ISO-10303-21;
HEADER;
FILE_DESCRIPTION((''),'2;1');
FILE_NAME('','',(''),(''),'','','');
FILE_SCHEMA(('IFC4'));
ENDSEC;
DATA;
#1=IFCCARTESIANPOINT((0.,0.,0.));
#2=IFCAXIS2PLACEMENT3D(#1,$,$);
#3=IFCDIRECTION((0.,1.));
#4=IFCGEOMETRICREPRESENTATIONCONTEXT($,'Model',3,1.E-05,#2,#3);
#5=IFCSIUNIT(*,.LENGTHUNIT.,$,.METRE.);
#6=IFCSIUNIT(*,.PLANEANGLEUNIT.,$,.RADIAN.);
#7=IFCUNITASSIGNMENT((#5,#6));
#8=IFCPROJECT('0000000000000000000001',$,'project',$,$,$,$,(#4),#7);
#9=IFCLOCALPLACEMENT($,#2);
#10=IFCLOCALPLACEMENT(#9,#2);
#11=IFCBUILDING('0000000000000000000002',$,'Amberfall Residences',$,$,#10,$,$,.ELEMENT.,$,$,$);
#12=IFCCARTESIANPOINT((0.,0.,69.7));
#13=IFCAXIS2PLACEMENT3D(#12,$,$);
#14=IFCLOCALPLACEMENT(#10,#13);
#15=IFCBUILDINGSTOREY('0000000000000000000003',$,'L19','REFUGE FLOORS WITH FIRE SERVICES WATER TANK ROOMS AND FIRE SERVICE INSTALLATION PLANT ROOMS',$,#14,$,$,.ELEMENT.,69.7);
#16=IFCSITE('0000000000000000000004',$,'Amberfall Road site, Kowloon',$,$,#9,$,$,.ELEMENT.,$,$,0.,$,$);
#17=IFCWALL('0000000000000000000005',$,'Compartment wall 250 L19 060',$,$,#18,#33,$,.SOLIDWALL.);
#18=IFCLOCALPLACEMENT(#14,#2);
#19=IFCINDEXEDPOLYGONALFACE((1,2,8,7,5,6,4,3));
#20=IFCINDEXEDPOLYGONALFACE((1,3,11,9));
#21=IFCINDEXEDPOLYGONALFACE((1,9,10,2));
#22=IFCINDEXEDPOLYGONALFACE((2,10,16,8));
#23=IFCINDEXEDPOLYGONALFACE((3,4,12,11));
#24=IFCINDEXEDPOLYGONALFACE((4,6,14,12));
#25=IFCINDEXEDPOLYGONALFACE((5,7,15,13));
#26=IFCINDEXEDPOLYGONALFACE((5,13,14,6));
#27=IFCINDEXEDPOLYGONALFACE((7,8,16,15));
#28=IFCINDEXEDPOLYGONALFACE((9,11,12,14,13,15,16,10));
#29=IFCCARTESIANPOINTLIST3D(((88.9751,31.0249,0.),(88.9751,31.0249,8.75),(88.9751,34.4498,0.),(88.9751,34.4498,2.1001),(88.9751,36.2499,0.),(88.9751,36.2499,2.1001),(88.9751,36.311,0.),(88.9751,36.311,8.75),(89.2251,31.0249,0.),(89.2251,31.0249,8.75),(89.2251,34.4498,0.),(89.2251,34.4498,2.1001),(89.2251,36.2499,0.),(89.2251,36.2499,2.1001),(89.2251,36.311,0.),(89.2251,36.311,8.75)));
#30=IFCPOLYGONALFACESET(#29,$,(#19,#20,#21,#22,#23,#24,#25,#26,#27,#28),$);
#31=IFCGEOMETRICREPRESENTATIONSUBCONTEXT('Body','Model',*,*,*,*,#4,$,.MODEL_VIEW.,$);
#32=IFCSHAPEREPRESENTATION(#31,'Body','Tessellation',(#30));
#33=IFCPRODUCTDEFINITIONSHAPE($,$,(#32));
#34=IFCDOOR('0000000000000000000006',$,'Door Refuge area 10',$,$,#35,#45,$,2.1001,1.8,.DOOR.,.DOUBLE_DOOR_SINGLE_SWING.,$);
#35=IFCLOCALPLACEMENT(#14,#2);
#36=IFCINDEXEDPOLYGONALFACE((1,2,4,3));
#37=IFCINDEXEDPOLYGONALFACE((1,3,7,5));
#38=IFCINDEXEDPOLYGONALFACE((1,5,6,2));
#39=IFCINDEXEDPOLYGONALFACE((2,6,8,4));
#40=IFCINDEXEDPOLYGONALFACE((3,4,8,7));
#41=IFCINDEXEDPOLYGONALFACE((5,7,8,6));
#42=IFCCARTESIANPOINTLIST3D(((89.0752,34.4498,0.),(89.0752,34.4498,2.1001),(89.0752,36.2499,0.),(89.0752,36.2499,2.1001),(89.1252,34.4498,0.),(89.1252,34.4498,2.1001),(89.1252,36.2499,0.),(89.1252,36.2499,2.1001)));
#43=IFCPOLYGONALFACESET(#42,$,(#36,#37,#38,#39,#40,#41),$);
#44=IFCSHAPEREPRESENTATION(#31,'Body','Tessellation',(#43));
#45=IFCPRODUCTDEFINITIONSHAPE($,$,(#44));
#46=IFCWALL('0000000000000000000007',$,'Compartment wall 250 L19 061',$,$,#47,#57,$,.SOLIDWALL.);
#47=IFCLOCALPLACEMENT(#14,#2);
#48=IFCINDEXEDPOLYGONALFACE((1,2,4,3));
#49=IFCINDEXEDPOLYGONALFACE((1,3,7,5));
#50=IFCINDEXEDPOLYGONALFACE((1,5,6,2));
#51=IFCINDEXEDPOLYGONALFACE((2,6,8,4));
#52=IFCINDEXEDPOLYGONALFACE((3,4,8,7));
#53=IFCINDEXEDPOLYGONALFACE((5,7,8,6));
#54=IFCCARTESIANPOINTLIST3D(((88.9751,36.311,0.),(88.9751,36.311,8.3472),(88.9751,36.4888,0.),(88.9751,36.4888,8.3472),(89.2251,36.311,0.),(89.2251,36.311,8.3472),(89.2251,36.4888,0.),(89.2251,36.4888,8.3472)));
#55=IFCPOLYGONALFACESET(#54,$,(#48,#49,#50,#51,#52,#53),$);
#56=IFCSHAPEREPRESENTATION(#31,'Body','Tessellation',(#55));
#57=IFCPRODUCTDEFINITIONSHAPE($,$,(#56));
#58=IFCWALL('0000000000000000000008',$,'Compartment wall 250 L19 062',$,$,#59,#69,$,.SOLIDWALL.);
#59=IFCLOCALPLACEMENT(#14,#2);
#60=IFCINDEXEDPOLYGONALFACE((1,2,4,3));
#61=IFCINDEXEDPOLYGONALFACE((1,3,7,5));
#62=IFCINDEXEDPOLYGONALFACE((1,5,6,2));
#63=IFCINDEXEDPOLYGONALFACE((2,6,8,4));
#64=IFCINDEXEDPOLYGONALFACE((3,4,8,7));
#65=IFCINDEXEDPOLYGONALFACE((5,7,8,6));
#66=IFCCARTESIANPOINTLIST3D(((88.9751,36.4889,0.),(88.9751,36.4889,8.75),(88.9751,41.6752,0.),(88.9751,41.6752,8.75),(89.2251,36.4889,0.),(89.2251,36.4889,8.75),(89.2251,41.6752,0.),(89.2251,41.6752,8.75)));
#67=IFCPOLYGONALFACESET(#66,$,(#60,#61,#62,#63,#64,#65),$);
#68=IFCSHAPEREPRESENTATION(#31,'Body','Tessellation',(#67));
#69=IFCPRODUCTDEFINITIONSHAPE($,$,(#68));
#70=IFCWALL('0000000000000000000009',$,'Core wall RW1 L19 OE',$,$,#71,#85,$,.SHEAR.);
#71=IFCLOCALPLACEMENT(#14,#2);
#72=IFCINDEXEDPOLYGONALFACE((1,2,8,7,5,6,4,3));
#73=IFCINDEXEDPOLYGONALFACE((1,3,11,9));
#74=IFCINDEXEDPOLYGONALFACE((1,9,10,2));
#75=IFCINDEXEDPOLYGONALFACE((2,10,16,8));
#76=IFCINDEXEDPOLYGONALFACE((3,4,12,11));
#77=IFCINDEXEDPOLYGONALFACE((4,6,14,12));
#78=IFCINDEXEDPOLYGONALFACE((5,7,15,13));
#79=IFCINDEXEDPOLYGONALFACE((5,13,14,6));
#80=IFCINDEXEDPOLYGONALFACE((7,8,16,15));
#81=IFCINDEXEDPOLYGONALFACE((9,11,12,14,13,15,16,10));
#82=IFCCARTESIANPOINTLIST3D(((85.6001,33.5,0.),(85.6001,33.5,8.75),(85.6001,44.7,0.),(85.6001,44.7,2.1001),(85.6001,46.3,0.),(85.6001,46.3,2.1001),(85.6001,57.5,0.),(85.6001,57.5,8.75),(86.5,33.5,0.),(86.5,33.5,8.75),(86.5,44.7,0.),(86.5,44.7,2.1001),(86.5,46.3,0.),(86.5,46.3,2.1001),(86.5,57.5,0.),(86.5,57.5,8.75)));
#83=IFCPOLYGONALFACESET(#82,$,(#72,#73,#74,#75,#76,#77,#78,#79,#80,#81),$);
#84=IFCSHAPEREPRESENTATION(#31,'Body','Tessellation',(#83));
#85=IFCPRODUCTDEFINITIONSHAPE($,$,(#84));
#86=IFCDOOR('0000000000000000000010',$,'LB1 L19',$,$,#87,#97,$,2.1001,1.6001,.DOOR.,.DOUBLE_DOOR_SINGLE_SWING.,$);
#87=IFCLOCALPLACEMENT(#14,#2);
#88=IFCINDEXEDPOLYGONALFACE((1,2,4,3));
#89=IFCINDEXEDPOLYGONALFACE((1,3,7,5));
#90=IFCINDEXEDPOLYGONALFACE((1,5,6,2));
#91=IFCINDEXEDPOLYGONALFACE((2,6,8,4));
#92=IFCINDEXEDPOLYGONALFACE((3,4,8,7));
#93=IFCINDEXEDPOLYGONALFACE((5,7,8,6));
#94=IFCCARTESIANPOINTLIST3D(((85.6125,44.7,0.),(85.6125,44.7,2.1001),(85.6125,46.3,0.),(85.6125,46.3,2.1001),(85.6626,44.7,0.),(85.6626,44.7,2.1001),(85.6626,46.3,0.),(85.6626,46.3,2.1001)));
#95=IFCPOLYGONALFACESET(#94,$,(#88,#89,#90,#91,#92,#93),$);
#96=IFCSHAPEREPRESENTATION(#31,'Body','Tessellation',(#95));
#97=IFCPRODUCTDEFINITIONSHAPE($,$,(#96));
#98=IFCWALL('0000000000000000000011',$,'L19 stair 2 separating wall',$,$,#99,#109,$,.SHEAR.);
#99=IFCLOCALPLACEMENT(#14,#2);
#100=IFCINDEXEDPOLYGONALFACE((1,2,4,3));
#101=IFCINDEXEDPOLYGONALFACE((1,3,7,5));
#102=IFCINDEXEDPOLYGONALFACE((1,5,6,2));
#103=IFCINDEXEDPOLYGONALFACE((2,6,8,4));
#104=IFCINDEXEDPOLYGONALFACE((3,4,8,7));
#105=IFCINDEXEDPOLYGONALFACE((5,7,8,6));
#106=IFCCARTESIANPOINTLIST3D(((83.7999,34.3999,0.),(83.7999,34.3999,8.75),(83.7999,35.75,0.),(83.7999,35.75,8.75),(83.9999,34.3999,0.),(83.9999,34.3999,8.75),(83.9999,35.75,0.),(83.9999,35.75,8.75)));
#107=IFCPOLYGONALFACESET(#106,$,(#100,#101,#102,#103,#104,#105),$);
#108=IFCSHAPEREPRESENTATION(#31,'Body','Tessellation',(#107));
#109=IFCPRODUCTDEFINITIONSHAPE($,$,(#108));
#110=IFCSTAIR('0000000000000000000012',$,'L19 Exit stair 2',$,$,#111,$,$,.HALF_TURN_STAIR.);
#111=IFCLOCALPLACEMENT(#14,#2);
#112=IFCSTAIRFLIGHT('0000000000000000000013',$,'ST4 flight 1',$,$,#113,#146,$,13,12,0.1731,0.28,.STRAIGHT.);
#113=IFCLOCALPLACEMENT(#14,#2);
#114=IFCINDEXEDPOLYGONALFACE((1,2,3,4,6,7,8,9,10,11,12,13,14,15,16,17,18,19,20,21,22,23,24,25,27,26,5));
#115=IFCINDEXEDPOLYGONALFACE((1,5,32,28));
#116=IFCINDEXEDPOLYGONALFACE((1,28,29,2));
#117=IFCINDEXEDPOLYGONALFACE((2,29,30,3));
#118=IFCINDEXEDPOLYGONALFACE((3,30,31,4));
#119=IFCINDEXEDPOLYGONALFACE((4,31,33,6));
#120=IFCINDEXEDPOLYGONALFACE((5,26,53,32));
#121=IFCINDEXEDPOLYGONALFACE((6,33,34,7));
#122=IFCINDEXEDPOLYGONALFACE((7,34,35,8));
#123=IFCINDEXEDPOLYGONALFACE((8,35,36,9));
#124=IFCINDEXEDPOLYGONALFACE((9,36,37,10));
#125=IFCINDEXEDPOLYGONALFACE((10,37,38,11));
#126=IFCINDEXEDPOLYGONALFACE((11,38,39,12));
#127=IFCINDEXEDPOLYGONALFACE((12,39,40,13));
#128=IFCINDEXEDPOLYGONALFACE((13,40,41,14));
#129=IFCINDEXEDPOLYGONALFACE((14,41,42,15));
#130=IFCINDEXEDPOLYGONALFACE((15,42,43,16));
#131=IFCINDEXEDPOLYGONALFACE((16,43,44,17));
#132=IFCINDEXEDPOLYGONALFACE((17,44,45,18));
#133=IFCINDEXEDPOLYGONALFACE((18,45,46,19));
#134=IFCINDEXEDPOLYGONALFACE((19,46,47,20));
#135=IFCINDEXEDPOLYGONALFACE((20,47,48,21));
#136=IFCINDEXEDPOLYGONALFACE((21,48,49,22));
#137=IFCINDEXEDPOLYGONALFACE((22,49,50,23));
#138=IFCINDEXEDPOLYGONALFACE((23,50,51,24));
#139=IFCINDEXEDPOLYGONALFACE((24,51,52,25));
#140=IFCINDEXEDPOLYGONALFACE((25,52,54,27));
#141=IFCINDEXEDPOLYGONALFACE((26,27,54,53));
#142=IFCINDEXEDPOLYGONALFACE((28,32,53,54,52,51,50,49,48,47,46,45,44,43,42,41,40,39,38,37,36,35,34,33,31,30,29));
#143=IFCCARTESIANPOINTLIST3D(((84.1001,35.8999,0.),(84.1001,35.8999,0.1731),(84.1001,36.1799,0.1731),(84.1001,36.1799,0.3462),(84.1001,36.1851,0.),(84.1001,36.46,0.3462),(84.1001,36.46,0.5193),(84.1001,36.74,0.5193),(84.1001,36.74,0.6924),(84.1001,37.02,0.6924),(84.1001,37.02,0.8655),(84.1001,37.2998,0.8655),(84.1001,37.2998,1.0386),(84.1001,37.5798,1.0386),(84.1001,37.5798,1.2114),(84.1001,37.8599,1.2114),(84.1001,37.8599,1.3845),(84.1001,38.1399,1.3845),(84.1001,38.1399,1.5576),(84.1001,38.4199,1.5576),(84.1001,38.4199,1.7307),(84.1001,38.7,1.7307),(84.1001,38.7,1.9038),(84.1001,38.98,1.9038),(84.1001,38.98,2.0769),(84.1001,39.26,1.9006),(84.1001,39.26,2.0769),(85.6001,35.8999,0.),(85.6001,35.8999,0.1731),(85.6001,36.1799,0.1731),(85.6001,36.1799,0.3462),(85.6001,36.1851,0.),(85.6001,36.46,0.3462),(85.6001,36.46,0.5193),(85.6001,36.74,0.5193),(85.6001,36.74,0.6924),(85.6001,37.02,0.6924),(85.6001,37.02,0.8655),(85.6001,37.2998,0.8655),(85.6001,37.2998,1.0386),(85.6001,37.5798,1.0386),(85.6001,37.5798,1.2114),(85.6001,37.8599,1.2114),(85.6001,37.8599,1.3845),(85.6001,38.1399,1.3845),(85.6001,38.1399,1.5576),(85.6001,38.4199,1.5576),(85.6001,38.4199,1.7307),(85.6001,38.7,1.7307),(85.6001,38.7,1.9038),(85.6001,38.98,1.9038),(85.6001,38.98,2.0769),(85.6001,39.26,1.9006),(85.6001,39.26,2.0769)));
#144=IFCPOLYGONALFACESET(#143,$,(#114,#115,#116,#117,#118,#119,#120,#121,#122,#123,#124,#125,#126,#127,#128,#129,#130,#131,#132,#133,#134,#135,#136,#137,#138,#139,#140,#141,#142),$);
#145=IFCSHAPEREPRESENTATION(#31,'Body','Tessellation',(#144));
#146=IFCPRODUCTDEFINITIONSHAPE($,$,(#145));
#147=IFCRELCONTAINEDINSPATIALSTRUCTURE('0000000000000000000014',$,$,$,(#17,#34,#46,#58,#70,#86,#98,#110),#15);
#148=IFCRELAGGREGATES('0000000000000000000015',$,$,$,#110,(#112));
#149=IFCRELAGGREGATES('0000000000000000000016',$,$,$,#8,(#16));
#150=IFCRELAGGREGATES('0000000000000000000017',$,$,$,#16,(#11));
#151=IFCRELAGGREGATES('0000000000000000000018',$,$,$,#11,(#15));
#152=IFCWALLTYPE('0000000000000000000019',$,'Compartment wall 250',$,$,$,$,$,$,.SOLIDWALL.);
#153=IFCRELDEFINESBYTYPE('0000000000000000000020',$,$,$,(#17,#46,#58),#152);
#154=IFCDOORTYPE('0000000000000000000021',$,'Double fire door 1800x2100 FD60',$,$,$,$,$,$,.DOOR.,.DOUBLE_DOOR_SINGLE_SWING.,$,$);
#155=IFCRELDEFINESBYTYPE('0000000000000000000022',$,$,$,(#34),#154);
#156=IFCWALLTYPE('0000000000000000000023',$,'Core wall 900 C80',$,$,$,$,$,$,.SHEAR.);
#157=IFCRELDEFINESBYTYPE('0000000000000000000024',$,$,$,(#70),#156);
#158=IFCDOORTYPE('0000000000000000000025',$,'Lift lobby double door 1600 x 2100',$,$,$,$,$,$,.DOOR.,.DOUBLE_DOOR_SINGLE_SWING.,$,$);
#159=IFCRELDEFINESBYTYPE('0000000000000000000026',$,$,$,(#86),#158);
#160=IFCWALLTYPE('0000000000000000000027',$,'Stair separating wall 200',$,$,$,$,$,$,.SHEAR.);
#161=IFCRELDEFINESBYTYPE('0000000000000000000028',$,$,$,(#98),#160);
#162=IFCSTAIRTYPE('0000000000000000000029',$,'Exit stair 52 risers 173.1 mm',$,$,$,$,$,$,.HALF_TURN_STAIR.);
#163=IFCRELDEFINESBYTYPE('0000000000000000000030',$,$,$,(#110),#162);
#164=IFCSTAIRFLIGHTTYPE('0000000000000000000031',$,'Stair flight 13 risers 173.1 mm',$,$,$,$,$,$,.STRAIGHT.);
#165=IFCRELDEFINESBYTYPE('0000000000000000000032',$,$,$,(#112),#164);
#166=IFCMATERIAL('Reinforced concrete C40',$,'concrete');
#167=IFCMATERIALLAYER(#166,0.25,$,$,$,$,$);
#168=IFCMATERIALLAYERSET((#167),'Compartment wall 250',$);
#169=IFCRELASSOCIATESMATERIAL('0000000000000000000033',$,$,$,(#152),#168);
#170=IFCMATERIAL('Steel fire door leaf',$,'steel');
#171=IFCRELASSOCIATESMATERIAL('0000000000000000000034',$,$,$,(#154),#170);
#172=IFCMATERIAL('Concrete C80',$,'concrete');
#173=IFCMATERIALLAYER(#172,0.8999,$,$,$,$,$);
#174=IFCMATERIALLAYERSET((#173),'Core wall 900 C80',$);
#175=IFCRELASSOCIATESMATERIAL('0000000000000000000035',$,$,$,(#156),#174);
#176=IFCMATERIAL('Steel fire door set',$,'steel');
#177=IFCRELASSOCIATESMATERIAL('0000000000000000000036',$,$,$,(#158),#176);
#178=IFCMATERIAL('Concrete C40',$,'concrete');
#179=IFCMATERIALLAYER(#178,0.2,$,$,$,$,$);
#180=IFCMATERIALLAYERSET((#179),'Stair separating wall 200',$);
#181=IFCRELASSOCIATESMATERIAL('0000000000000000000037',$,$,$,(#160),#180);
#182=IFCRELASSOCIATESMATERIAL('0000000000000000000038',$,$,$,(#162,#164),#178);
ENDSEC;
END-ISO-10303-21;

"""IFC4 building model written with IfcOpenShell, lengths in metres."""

from ifc_helpers import new_model, si_unit, direction, frame, frame_2d, origin, place, context, subcontext, project, spatial, polyline, rectangle, outline, extrude, material, layer, layer_set, type_object, element, fill, aggregate, save


model = new_model("IFC4")

# Units and contexts
model_context = context("Model", 3, precision=1e-05, world=origin(), true_north=direction((0.0, 1.0)))
body_context = subcontext(model_context, "Body", "Model", "MODEL_VIEW")
ifc_project = project(units=[si_unit("LENGTHUNIT", "METRE"), si_unit("PLANEANGLEUNIT", "RADIAN")], contexts=[model_context])

# Site, building, storey
site_placement = place(None, origin())
site = spatial("IfcSite", under=ifc_project, at=site_placement, Name="Amberfall Road site, Kowloon", CompositionType="ELEMENT", RefElevation=0.0)
building_placement = place(site_placement, origin())
building = spatial("IfcBuilding", under=site, at=building_placement, Name="Amberfall Residences", CompositionType="ELEMENT")
storey_placement = place(building_placement, frame((0.0, 0.0, 69.7)))
storey = spatial("IfcBuildingStorey", under=building, at=storey_placement, Name="L19", Description="REFUGE FLOORS WITH FIRE SERVICES WATER TANK ROOMS AND FIRE SERVICE INSTALLATION PLANT ROOMS", CompositionType="ELEMENT", Elevation=69.7)

# Shared definitions
ifc_material_1 = material(Name="Concrete C80", Category="concrete")

# Shared definitions
ifc_material_2 = material(Name="Reinforced concrete C40", Category="concrete")
ifc_layer_1 = layer(ifc_material_2, 0.25)
ifc_layer_set_1 = layer_set([ifc_layer_1], Name="Compartment wall 250")
wall_type_1 = type_object("IfcWallType", Name="Compartment wall 250", PredefinedType="SOLIDWALL", material=ifc_layer_set_1)
ifc_material_3 = material(Name="Steel fire door leaf", Category="steel")
door_type_1 = type_object("IfcDoorType", Name="Double fire door 1800x2100 FD60", OperationType="DOUBLE_DOOR_SINGLE_SWING", PredefinedType="DOOR", material=ifc_material_3)

# Wall, opening, door
wall_1_placement = place(storey_placement, frame((89.1001, 31.0249, 0.0), z_axis=(0.0, 0.0, 1.0), x_axis=(0.0, 1.0, 0.0)))
wall_1 = element("IfcWall", 1, at=wall_1_placement, inside=storey, type_object=wall_type_1, Name="Compartment wall 250 L19 060", PredefinedType="SOLIDWALL", context=body_context, shape_type="SweptSolid", body=[
    extrude(rectangle(XDim=5.2861, YDim=0.25, at=frame_2d((2.6431, 0.0))), origin(), (0.0, 0.0, 1.0), 8.75),
])
opening_1_placement = place(wall_1_placement, frame((3.425, 0.0, 0.0)))
opening_1 = element("IfcOpeningElement", 2, at=opening_1_placement, cuts=wall_1, PredefinedType="OPENING", context=body_context, shape_type="SweptSolid", body=[
    extrude(rectangle(XDim=1.8, YDim=2.1001, at=frame_2d((0.8999, 1.05))), frame((0.0, 0.135, 0.0), z_axis=(0.0, -1.0, 0.0), x_axis=(1.0, 0.0, 0.0)), (0.0, 0.0, 1.0), 0.27),
])
door_1_placement = place(opening_1_placement, origin())
door_1 = element("IfcDoor", 3, at=door_1_placement, inside=storey, type_object=door_type_1, Name="Door Refuge area 10", OperationType="DOUBLE_DOOR_SINGLE_SWING", OverallHeight=2.1001, OverallWidth=1.8, PredefinedType="DOOR", context=body_context, shape_type="SweptSolid", body=[
    extrude(rectangle(XDim=1.8, YDim=2.1001, at=frame_2d((0.8999, 1.05))), frame((0.0, 0.0249, 0.0), z_axis=(0.0, -1.0, 0.0), x_axis=(1.0, 0.0, 0.0)), (0.0, 0.0, 1.0), 0.05),
])
fill(opening_1, door_1)

# Walls
wall_2_placement = place(storey_placement, frame((89.1001, 36.311, 0.0), z_axis=(0.0, 0.0, 1.0), x_axis=(0.0, 1.0, 0.0)))
element("IfcWall", 4, at=wall_2_placement, inside=storey, type_object=wall_type_1, Name="Compartment wall 250 L19 061", PredefinedType="SOLIDWALL", context=body_context, shape_type="SweptSolid", body=[
    extrude(rectangle(XDim=0.1777, YDim=0.25, at=frame_2d((0.0889, 0.0))), origin(), (0.0, 0.0, 1.0), 8.3472),
])
wall_3_placement = place(storey_placement, frame((89.1001, 36.4888, 0.0), z_axis=(0.0, 0.0, 1.0), x_axis=(0.0, 1.0, 0.0)))
element("IfcWall", 5, at=wall_3_placement, inside=storey, type_object=wall_type_1, Name="Compartment wall 250 L19 062", PredefinedType="SOLIDWALL", context=body_context, shape_type="SweptSolid", body=[
    extrude(rectangle(XDim=5.1863, YDim=0.25, at=frame_2d((2.5933, 0.0))), origin(), (0.0, 0.0, 1.0), 8.75),
])

# Wall, opening, door
ifc_layer_2 = layer(ifc_material_1, 0.8999)
ifc_layer_set_2 = layer_set([ifc_layer_2], Name="Core wall 900 C80")
wall_type_2 = type_object("IfcWallType", Name="Core wall 900 C80", PredefinedType="SHEAR", material=ifc_layer_set_2)
wall_4_placement = place(storey_placement, frame((86.05, 33.5, 0.0), z_axis=(0.0, 0.0, 1.0), x_axis=(0.0, 1.0, 0.0)))
wall_4 = element("IfcWall", 6, at=wall_4_placement, inside=storey, type_object=wall_type_2, Name="Core wall RW1 L19 OE", PredefinedType="SHEAR", context=body_context, shape_type="SweptSolid", body=[
    extrude(rectangle(XDim=24.0, YDim=0.8999, at=frame_2d((12.0, 0.0))), origin(), (0.0, 0.0, 1.0), 8.75),
])
opening_2_placement = place(wall_4_placement, frame((11.2, 0.0, 0.0)))
opening_2 = element("IfcOpeningElement", 7, at=opening_2_placement, cuts=wall_4, PredefinedType="OPENING", context=body_context, shape_type="SweptSolid", body=[
    extrude(rectangle(XDim=1.6001, YDim=2.1001, at=frame_2d((0.8, 1.05))), frame((0.0, 0.46, 0.0), z_axis=(0.0, -1.0, 0.0), x_axis=(1.0, 0.0, 0.0)), (0.0, 0.0, 1.0), 0.9199),
])
ifc_material_4 = material(Name="Steel fire door set", Category="steel")
door_type_2 = type_object("IfcDoorType", Name="Lift lobby double door 1600 x 2100", OperationType="DOUBLE_DOOR_SINGLE_SWING", PredefinedType="DOOR", material=ifc_material_4)
door_2_placement = place(opening_2_placement, origin())
door_2 = element("IfcDoor", 8, at=door_2_placement, inside=storey, type_object=door_type_2, Name="LB1 L19", OperationType="DOUBLE_DOOR_SINGLE_SWING", OverallHeight=2.1001, OverallWidth=1.6001, PredefinedType="DOOR", context=body_context, shape_type="SweptSolid", body=[
    extrude(rectangle(XDim=1.6001, YDim=2.1001, at=frame_2d((0.8, 1.05))), frame((0.0, 0.4375, 0.0), z_axis=(0.0, -1.0, 0.0), x_axis=(1.0, 0.0, 0.0)), (0.0, 0.0, 1.0), 0.05),
])
fill(opening_2, door_2)

# Wall
ifc_material_5 = material(Name="Concrete C40", Category="concrete")
ifc_layer_3 = layer(ifc_material_5, 0.2)
ifc_layer_set_3 = layer_set([ifc_layer_3], Name="Stair separating wall 200")
wall_type_3 = type_object("IfcWallType", Name="Stair separating wall 200", PredefinedType="SHEAR", material=ifc_layer_set_3)
wall_5_placement = place(storey_placement, frame((83.8999, 34.3999, 0.0), z_axis=(0.0, 0.0, 1.0), x_axis=(0.0, 1.0, 0.0)))
element("IfcWall", 9, at=wall_5_placement, inside=storey, type_object=wall_type_3, Name="L19 stair 2 separating wall", PredefinedType="SHEAR", context=body_context, shape_type="SweptSolid", body=[
    extrude(rectangle(XDim=1.3501, YDim=0.2, at=frame_2d((0.675, 0.0))), origin(), (0.0, 0.0, 1.0), 8.75),
])

# Stair, stair flight
stair_type = type_object("IfcStairType", Name="Exit stair 52 risers 173.1 mm", PredefinedType="HALF_TURN_STAIR", material=ifc_material_5)
stair_placement = place(storey_placement, origin())
stair = element("IfcStair", 10, at=stair_placement, inside=storey, type_object=stair_type, Name="L19 Exit stair 2", PredefinedType="HALF_TURN_STAIR")
stair_flight_type = type_object("IfcStairFlightType", Name="Stair flight 13 risers 173.1 mm", PredefinedType="STRAIGHT", material=ifc_material_5)
stair_flight_1_placement = place(storey_placement, frame((84.8501, 35.8999, 0.0), z_axis=(0.0, 0.0, 1.0), x_axis=(0.0, 1.0, 0.0)))
stair_flight_1 = element("IfcStairFlight", 11, at=stair_flight_1_placement, type_object=stair_flight_type, Name="ST4 flight 1", NumberOfRisers=13, NumberOfTreads=12, PredefinedType="STRAIGHT", RiserHeight=0.1731, TreadLength=0.28, context=body_context, shape_type="SweptSolid", body=[
    extrude(outline(polyline([(0.0, 0.0), (0.0, 0.1731), (0.28, 0.1731), (0.28, 0.3462), (0.5601, 0.3462), (0.5601, 0.5193), (0.8401, 0.5193), (0.8401, 0.6924), (1.1201, 0.6924), (1.1201, 0.8655), (1.3999, 0.8655), (1.3999, 1.0386), (1.6799, 1.0386), (1.6799, 1.2114), (1.96, 1.2114), (1.96, 1.3845), (2.24, 1.3845), (2.24, 1.5576), (2.52, 1.5576), (2.52, 1.7307), (2.8, 1.7307), (2.8, 1.9038), (3.0801, 1.9038), (3.0801, 2.0769), (3.3601, 2.0769), (3.3601, 2.25), (3.3601, 1.9006), (0.2852, 0.0), (0.0, 0.0)])), frame((0.0, 0.75, 0.0), z_axis=(0.0, -1.0, 0.0), x_axis=(1.0, 0.0, 0.0)), (0.0, 0.0, 1.0), 1.5),
])
aggregate(stair, [stair_flight_1])

save(model, "model.ifc")
